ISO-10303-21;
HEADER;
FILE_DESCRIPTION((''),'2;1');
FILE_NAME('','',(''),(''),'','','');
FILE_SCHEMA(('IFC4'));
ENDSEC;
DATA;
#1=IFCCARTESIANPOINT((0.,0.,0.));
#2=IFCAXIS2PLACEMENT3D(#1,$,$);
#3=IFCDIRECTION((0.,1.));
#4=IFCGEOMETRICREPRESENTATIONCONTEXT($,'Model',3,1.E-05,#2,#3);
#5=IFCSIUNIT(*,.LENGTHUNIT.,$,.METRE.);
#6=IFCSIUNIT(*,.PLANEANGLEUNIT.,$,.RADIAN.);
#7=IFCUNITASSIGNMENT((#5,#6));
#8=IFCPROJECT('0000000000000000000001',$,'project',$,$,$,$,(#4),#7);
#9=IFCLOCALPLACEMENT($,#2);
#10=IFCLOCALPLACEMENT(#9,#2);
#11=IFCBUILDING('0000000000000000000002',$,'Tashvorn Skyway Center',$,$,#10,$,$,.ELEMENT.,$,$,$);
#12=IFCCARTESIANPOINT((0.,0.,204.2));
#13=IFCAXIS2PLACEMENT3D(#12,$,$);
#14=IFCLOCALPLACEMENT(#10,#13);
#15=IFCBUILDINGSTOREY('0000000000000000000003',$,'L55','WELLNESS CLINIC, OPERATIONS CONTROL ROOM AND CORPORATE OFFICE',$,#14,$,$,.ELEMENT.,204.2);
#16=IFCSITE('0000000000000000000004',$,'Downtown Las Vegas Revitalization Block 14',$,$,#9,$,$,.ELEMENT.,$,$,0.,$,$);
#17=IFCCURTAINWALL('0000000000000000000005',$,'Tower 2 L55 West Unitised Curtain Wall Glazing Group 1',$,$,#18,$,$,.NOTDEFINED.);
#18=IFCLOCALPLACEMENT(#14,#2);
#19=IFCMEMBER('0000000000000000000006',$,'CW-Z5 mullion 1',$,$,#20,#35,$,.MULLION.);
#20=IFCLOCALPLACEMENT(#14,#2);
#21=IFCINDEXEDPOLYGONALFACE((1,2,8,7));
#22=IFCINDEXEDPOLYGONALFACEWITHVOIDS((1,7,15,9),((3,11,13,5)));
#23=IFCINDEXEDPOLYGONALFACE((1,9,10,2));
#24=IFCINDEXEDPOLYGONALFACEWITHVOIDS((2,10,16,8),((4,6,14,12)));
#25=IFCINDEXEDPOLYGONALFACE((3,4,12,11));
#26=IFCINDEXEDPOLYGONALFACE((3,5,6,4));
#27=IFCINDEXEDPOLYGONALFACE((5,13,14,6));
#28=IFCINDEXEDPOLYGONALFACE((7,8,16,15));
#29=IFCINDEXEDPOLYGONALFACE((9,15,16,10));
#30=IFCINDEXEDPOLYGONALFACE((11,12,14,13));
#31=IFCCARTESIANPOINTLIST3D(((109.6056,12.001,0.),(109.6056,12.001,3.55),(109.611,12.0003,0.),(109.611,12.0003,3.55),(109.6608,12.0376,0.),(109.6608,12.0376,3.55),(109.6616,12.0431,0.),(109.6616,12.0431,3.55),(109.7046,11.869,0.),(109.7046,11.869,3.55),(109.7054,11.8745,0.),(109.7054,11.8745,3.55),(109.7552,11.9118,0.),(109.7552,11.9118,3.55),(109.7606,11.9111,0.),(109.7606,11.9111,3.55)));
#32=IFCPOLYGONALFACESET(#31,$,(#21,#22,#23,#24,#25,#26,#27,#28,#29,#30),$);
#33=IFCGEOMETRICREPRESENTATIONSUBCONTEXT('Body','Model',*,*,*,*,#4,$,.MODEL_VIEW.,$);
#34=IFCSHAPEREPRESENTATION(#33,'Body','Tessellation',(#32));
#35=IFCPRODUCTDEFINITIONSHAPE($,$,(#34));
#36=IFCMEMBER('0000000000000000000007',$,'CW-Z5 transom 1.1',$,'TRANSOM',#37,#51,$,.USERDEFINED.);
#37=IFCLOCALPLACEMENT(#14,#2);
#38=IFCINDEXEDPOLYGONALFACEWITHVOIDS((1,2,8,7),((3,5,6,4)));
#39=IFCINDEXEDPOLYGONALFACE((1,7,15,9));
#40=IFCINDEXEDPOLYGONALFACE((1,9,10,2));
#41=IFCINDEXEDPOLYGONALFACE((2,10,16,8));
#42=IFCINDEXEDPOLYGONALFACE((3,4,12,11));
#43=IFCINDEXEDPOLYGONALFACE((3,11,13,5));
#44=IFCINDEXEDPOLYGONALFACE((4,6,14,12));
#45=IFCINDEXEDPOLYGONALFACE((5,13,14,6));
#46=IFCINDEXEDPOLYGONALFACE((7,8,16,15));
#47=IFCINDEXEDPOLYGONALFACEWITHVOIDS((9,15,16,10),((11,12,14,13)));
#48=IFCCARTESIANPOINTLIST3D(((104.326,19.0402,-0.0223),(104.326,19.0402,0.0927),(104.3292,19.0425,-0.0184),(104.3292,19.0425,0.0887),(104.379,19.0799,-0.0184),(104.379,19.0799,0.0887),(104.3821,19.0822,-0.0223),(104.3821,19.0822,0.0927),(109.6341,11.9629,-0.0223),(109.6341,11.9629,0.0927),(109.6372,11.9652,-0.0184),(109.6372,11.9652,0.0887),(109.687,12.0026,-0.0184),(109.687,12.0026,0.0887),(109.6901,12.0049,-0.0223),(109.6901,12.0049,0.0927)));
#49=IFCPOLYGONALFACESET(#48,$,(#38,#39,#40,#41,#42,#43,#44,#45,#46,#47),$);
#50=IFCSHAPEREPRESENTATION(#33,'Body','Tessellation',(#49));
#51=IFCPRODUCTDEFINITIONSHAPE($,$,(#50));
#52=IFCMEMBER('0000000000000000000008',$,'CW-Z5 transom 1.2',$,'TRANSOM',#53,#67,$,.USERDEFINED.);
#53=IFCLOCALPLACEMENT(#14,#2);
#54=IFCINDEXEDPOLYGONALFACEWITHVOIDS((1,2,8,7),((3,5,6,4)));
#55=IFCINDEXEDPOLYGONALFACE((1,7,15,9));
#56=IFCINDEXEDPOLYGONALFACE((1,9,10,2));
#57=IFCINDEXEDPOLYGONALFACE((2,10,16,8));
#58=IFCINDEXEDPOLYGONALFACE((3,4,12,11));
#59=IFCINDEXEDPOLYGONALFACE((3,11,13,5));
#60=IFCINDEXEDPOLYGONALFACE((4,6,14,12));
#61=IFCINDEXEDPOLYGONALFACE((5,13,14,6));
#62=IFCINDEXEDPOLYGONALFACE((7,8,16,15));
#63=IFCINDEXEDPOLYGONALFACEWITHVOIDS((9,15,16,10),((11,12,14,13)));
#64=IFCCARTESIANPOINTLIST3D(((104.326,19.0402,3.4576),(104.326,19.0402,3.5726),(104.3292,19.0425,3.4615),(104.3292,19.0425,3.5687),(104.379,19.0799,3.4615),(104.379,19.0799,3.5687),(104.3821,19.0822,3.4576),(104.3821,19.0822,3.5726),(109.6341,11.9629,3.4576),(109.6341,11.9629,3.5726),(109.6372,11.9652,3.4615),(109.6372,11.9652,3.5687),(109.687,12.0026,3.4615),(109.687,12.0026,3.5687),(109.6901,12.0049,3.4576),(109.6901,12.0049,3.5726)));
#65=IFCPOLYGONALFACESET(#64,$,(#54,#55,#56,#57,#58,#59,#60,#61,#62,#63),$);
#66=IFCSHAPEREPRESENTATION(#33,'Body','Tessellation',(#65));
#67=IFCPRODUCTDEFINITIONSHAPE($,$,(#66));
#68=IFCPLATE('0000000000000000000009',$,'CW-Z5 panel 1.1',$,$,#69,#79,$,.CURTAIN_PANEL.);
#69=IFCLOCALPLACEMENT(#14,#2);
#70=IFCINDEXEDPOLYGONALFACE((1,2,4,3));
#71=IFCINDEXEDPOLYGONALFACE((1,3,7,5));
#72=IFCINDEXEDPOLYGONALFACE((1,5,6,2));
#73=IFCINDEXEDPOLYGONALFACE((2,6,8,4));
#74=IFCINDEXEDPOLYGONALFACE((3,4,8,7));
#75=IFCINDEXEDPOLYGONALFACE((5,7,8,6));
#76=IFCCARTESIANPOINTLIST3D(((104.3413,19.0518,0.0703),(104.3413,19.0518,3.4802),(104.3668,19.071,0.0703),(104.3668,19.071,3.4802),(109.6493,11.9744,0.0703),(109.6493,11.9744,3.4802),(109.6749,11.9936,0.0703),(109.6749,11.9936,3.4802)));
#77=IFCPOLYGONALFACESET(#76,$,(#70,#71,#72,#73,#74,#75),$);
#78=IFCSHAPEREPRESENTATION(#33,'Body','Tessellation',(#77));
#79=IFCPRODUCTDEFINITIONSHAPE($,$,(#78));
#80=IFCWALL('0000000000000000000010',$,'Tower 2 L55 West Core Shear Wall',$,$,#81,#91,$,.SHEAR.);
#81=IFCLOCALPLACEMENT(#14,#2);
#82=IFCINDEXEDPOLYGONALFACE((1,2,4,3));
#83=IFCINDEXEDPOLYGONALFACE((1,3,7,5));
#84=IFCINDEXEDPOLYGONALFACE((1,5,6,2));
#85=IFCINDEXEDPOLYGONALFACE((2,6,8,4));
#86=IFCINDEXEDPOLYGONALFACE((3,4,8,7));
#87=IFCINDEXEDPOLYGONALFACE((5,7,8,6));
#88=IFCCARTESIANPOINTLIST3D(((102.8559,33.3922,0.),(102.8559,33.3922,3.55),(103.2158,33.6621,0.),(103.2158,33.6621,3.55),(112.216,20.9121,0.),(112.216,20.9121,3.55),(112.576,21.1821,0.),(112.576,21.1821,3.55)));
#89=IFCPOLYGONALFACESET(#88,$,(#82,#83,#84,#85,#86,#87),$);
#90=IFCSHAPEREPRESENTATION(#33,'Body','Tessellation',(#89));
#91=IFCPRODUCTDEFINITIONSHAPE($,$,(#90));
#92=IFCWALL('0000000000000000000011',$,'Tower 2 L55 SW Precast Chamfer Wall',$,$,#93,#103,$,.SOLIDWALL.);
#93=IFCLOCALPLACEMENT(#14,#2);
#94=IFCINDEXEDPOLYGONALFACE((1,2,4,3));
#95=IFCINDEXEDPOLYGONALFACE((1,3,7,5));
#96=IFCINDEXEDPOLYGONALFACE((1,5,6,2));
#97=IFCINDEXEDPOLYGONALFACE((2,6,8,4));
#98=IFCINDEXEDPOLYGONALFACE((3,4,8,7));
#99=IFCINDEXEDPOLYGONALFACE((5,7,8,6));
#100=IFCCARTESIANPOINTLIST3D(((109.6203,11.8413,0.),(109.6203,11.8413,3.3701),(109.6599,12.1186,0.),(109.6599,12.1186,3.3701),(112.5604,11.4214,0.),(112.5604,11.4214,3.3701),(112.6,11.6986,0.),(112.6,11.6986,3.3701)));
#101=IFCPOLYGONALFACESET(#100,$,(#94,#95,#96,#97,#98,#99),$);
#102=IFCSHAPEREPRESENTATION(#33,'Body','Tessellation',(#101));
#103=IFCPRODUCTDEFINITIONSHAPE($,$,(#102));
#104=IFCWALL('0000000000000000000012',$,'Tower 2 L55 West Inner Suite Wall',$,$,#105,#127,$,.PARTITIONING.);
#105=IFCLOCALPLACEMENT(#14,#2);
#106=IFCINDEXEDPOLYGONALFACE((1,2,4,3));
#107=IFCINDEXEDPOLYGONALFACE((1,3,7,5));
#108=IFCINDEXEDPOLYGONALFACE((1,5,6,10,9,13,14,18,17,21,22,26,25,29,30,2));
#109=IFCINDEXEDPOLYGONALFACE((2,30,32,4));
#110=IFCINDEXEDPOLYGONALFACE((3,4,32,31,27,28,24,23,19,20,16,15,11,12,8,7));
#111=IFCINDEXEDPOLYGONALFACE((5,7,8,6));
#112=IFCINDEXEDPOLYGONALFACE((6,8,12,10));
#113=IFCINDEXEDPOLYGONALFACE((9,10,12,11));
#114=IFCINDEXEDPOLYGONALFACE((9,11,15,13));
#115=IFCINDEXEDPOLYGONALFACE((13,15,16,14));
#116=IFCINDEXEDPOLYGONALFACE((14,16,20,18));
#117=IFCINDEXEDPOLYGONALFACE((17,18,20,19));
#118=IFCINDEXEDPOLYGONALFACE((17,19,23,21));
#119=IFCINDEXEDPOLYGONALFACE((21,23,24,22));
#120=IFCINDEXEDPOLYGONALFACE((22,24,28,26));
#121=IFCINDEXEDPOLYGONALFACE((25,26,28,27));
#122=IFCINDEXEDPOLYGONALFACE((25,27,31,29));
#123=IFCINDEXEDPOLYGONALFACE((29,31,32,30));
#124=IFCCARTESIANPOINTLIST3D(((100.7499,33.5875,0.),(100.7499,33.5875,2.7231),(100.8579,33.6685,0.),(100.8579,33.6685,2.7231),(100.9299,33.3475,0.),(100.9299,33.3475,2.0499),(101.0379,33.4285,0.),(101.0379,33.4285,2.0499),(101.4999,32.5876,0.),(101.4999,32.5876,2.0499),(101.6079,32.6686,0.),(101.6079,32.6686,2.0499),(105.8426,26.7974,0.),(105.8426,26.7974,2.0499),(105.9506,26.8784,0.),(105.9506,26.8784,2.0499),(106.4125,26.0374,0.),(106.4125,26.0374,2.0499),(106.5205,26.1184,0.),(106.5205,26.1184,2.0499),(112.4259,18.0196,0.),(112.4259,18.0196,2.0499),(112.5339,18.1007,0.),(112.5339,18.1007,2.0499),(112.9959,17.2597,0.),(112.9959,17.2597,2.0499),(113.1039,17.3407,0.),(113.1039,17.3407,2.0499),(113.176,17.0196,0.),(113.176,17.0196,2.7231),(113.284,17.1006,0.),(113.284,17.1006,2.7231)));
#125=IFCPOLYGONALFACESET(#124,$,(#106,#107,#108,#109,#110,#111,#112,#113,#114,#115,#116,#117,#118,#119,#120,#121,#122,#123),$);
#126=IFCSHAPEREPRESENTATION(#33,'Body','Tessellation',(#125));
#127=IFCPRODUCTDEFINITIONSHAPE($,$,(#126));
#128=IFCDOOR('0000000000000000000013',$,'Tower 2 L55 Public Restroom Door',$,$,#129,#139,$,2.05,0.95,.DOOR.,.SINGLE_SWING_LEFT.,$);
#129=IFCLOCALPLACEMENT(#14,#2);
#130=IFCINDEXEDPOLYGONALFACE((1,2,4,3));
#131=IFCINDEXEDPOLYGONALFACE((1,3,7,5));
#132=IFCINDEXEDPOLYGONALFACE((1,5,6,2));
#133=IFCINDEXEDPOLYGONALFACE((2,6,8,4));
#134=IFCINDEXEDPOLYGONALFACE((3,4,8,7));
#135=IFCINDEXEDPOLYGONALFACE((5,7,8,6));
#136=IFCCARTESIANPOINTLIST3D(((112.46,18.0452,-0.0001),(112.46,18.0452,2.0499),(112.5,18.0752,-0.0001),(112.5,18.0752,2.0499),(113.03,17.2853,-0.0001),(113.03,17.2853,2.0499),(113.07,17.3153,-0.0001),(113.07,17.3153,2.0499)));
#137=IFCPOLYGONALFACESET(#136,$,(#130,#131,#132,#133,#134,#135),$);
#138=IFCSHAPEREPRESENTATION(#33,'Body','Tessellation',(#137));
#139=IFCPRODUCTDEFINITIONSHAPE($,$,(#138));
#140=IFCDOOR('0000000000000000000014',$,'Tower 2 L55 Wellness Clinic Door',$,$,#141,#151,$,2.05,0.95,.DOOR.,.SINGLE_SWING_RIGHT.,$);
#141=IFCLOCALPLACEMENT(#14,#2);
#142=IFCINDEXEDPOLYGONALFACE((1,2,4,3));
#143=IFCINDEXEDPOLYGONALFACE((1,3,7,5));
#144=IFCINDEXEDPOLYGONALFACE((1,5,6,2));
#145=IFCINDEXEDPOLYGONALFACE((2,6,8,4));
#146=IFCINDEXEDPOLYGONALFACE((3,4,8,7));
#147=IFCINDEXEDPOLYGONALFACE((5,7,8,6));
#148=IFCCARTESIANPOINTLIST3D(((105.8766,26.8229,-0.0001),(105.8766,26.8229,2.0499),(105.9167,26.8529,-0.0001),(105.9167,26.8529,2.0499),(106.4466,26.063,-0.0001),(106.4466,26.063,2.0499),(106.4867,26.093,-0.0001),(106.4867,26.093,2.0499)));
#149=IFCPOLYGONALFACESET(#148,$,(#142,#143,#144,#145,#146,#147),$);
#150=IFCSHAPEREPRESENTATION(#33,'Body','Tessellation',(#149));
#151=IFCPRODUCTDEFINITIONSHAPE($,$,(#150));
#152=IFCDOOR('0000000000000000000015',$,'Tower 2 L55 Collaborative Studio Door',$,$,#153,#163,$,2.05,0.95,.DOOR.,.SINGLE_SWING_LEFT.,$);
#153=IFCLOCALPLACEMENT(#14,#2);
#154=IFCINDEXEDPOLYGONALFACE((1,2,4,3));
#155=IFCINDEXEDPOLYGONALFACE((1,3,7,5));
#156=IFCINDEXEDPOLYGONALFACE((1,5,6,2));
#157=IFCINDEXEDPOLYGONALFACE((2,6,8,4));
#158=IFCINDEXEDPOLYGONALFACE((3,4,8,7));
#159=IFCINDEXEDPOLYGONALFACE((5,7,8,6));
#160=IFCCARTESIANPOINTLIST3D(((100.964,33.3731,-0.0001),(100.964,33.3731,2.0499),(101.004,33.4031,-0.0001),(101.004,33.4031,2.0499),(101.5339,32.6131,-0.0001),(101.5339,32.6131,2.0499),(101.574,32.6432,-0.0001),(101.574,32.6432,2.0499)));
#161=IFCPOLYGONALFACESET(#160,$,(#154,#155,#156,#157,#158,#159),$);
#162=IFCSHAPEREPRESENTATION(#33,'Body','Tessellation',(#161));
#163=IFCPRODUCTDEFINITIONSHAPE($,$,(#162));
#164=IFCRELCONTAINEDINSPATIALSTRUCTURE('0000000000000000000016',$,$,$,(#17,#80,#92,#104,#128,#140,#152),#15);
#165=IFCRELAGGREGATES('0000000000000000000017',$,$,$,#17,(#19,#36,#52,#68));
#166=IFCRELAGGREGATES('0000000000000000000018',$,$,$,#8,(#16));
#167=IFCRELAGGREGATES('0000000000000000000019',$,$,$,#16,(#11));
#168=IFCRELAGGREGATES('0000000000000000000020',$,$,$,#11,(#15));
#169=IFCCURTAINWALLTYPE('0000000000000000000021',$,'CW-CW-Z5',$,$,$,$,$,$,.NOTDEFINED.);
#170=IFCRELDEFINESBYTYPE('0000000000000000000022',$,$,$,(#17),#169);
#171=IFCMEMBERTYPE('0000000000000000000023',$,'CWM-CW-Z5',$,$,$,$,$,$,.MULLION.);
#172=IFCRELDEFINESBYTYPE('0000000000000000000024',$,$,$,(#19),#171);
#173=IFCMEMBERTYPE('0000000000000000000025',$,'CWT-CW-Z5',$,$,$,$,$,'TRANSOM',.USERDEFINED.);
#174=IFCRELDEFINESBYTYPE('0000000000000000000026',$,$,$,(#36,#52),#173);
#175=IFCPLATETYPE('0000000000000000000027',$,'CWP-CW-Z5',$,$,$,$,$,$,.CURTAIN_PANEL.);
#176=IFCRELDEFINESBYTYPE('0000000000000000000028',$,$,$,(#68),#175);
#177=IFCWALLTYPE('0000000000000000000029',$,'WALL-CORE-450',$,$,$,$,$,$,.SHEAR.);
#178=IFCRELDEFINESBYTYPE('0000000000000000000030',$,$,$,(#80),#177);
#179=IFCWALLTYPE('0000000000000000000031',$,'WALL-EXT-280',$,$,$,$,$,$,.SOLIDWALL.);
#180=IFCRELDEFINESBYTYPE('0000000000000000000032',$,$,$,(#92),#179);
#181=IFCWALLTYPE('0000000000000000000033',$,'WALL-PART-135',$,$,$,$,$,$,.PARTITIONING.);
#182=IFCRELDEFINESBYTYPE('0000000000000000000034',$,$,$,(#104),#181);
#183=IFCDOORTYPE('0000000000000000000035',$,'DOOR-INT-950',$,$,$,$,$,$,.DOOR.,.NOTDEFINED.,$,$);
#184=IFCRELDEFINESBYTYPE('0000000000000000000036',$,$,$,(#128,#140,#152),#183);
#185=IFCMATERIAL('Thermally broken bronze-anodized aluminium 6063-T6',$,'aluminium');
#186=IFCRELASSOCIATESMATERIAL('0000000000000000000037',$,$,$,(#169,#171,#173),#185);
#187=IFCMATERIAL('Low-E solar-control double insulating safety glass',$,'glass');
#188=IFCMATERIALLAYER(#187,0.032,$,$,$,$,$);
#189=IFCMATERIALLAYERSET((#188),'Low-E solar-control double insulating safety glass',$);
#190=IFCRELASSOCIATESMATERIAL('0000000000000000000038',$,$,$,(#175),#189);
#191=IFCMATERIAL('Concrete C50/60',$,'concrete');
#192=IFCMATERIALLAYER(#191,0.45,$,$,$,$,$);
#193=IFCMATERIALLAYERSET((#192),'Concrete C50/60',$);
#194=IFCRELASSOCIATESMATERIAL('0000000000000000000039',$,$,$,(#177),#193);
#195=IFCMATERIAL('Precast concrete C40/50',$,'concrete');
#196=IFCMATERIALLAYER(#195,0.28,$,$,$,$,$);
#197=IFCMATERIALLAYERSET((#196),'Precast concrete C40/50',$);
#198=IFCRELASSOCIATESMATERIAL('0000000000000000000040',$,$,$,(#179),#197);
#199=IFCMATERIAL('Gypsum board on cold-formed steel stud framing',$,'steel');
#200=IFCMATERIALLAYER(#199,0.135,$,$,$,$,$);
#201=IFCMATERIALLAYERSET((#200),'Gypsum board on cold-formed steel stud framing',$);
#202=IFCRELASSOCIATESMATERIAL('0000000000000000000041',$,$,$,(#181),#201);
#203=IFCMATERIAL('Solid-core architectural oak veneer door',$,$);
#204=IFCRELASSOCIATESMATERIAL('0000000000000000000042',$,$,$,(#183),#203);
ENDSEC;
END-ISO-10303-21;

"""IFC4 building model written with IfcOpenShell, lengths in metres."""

from ifc_helpers import new_model, si_unit, direction, frame, frame_2d, origin, origin_2d, place, context, subcontext, project, spatial, rectangle, hollow_rectangle, extrude, material, layer, layer_set, material_profile, profile_set, type_object, element, fill, aggregate, save


model = new_model("IFC4")

# Units and contexts
model_context = context("Model", 3, precision=1e-05, world=origin(), true_north=direction((0.0, 1.0)))
body_context = subcontext(model_context, "Body", "Model", "MODEL_VIEW")
ifc_project = project(units=[si_unit("LENGTHUNIT", "METRE"), si_unit("PLANEANGLEUNIT", "RADIAN")], contexts=[model_context])

# Site, building, storey
site_placement = place(None, origin())
site = spatial("IfcSite", under=ifc_project, at=site_placement, Name="Downtown Las Vegas Revitalization Block 14", CompositionType="ELEMENT", RefElevation=0.0)
building_placement = place(site_placement, origin())
building = spatial("IfcBuilding", under=site, at=building_placement, Name="Tashvorn Skyway Center", CompositionType="ELEMENT")
storey_placement = place(building_placement, frame((0.0, 0.0, 204.2)))
storey = spatial("IfcBuildingStorey", under=building, at=storey_placement, Name="L55", Description="WELLNESS CLINIC, OPERATIONS CONTROL ROOM AND CORPORATE OFFICE", CompositionType="ELEMENT", Elevation=204.2)

# Shared definitions
ifc_material_1 = material(Name="Concrete C50/60", Category="concrete")

# Shared definitions
ifc_material_2 = material(Name="Thermally broken bronze-anodized aluminium 6063-T6", Category="aluminium")
curtain_wall_type = type_object("IfcCurtainWallType", Name="CW-CW-Z5", PredefinedType="NOTDEFINED", material=ifc_material_2)
ifc_material_profile_1 = material_profile(ifc_material_2, hollow_rectangle(XDim=0.0701, YDim=0.165, WallThickness=0.0039, at=origin_2d()), Name="ALU-MULL-70x165")
ifc_profile_set_1 = profile_set([ifc_material_profile_1], Name="Thermally broken bronze-anodized aluminium 6063-T6")
member_type_1 = type_object("IfcMemberType", Name="CWM-CW-Z5", PredefinedType="MULLION", material=ifc_profile_set_1)

# Curtain wall, members, plate
curtain_wall_1_placement = place(storey_placement, origin())
curtain_wall_1 = element("IfcCurtainWall", 1, at=curtain_wall_1_placement, inside=storey, type_object=curtain_wall_type, Name="Tower 2 L55 West Unitised Curtain Wall Glazing Group 1", PredefinedType="NOTDEFINED")
member_1_placement = place(storey_placement, frame((109.6831, 11.9561, 0.0), z_axis=(0.0, 0.0, 1.0), x_axis=(-0.799999, -0.600002, 0.0)))
member_1 = element("IfcMember", 2, at=member_1_placement, type_object=member_type_1, Name="CW-Z5 mullion 1", PredefinedType="MULLION", context=body_context, shape_type="SweptSolid", body=[
    extrude(hollow_rectangle(XDim=0.0701, YDim=0.165, WallThickness=0.0039, at=origin_2d()), origin(), (0.0, 0.0, 1.0), 3.55),
])
ifc_material_profile_2 = material_profile(ifc_material_2, hollow_rectangle(XDim=0.0701, YDim=0.115, WallThickness=0.0039, at=origin_2d()), Name="ALU-TRAN-70x115")
ifc_profile_set_2 = profile_set([ifc_material_profile_2], Name="Thermally broken bronze-anodized aluminium 6063-T6")
member_type_2 = type_object("IfcMemberType", Name="CWT-CW-Z5", ElementType="TRANSOM", PredefinedType="USERDEFINED", material=ifc_profile_set_2)
member_2_placement = place(storey_placement, frame((109.6621, 11.9839, 0.0352), z_axis=(-0.600004, 0.799997, 0.0), x_axis=(-0.799997, -0.600004, 0.0)))
member_2 = element("IfcMember", 3, at=member_2_placement, type_object=member_type_2, Name="CW-Z5 transom 1.1", ObjectType="TRANSOM", PredefinedType="USERDEFINED", context=body_context, shape_type="SweptSolid", body=[
    extrude(hollow_rectangle(XDim=0.0701, YDim=0.115, WallThickness=0.0039, at=origin_2d()), origin(), (0.0, 0.0, 1.0), 8.8467),
])
member_3_placement = place(storey_placement, frame((109.6621, 11.9839, 3.5151), z_axis=(-0.600004, 0.799997, 0.0), x_axis=(-0.799997, -0.600004, 0.0)))
member_3 = element("IfcMember", 4, at=member_3_placement, type_object=member_type_2, Name="CW-Z5 transom 1.2", ObjectType="TRANSOM", PredefinedType="USERDEFINED", context=body_context, shape_type="SweptSolid", body=[
    extrude(hollow_rectangle(XDim=0.0701, YDim=0.115, WallThickness=0.0039, at=origin_2d()), origin(), (0.0, 0.0, 1.0), 8.8467),
])
ifc_material_3 = material(Name="Low-E solar-control double insulating safety glass", Category="glass")
ifc_layer_1 = layer(ifc_material_3, 0.032)
ifc_layer_set_1 = layer_set([ifc_layer_1], Name="Low-E solar-control double insulating safety glass")
plate_type = type_object("IfcPlateType", Name="CWP-CW-Z5", PredefinedType="CURTAIN_PANEL", material=ifc_layer_set_1)
plate_placement = place(storey_placement, frame((107.0081, 15.5227, 0.0703), z_axis=(0.0, 0.0, 1.0), x_axis=(-0.600002, 0.799999, 0.0)))
plate = element("IfcPlate", 5, at=plate_placement, type_object=plate_type, Name="CW-Z5 panel 1.1", PredefinedType="CURTAIN_PANEL", context=body_context, shape_type="SweptSolid", body=[
    extrude(rectangle(XDim=8.8467, YDim=0.032, at=origin_2d()), origin(), (0.0, 0.0, 1.0), 3.4099),
])
aggregate(curtain_wall_1, [member_1, member_2, member_3, plate])

# Walls
ifc_layer_2 = layer(ifc_material_1, 0.45)
ifc_layer_set_2 = layer_set([ifc_layer_2], Name="Concrete C50/60")
wall_type_1 = type_object("IfcWallType", Name="WALL-CORE-450", PredefinedType="SHEAR", material=ifc_layer_set_2)
wall_1_placement = place(storey_placement, frame((112.396, 21.0471, 0.0), z_axis=(0.0, 0.0, 1.0), x_axis=(-0.600005, 0.799996, 0.0)))
element("IfcWall", 6, at=wall_1_placement, inside=storey, type_object=wall_type_1, Name="Tower 2 L55 West Core Shear Wall", PredefinedType="SHEAR", context=body_context, shape_type="SweptSolid", body=[
    extrude(rectangle(XDim=15.6001, YDim=0.45, at=frame_2d((7.8, 0.0))), origin(), (0.0, 0.0, 1.0), 3.55),
])
ifc_material_4 = material(Name="Precast concrete C40/50", Category="concrete")
ifc_layer_3 = layer(ifc_material_4, 0.28)
ifc_layer_set_3 = layer_set([ifc_layer_3], Name="Precast concrete C40/50")
wall_type_2 = type_object("IfcWallType", Name="WALL-EXT-280", PredefinedType="SOLIDWALL", material=ifc_layer_set_3)
wall_2_placement = place(storey_placement, frame((112.5801, 11.5601, 0.0), z_axis=(0.0, 0.0, 1.0), x_axis=(-0.989954, 0.141387, 0.0)))
element("IfcWall", 7, at=wall_2_placement, inside=storey, type_object=wall_type_2, Name="Tower 2 L55 SW Precast Chamfer Wall", PredefinedType="SOLIDWALL", context=body_context, shape_type="SweptSolid", body=[
    extrude(rectangle(XDim=2.97, YDim=0.28, at=frame_2d((1.4849, 0.0))), origin(), (0.0, 0.0, 1.0), 3.3701),
])

# Wall, openings, doors
ifc_material_5 = material(Name="Gypsum board on cold-formed steel stud framing", Category="steel")
ifc_layer_4 = layer(ifc_material_5, 0.135)
ifc_layer_set_4 = layer_set([ifc_layer_4], Name="Gypsum board on cold-formed steel stud framing")
wall_type_3 = type_object("IfcWallType", Name="WALL-PART-135", PredefinedType="PARTITIONING", material=ifc_layer_set_4)
wall_3_placement = place(storey_placement, frame((113.23, 17.0601, 0.0), z_axis=(0.0, 0.0, 1.0), x_axis=(-0.600004, 0.799997, 0.0)))
wall_3 = element("IfcWall", 8, at=wall_3_placement, inside=storey, type_object=wall_type_3, Name="Tower 2 L55 West Inner Suite Wall", PredefinedType="PARTITIONING", context=body_context, shape_type="SweptSolid", body=[
    extrude(rectangle(XDim=20.71, YDim=0.135, at=frame_2d((10.355, 0.0))), origin(), (0.0, 0.0, 1.0), 2.7231),
])
opening_1_placement = place(wall_3_placement, frame((0.3, 0.0, 0.0)))
opening_1 = element("IfcOpeningElement", 9, at=opening_1_placement, cuts=wall_3, PredefinedType="OPENING", context=body_context, shape_type="SweptSolid", body=[
    extrude(rectangle(XDim=0.95, YDim=2.05, at=frame_2d((0.4751, 1.0249))), frame((0.0, 0.0774, 0.0), z_axis=(0.0, -1.0, 0.0), x_axis=(1.0, 0.0, 0.0)), (0.0, 0.0, 1.0), 0.155),
])
opening_2_placement = place(wall_3_placement, frame((11.2722, 0.0, 0.0)))
opening_2 = element("IfcOpeningElement", 10, at=opening_2_placement, cuts=wall_3, PredefinedType="OPENING", context=body_context, shape_type="SweptSolid", body=[
    extrude(rectangle(XDim=0.95, YDim=2.05, at=frame_2d((0.4751, 1.0249))), frame((0.0, 0.0774, 0.0), z_axis=(0.0, -1.0, 0.0), x_axis=(1.0, 0.0, 0.0)), (0.0, 0.0, 1.0), 0.155),
])
opening_3_placement = place(wall_3_placement, frame((19.46, 0.0, 0.0)))
opening_3 = element("IfcOpeningElement", 11, at=opening_3_placement, cuts=wall_3, PredefinedType="OPENING", context=body_context, shape_type="SweptSolid", body=[
    extrude(rectangle(XDim=0.95, YDim=2.05, at=frame_2d((0.4751, 1.0249))), frame((0.0, 0.0774, 0.0), z_axis=(0.0, -1.0, 0.0), x_axis=(1.0, 0.0, 0.0)), (0.0, 0.0, 1.0), 0.155),
])
ifc_material_6 = material(Name="Solid-core architectural oak veneer door")
door_type_1 = type_object("IfcDoorType", Name="DOOR-INT-950", OperationType="NOTDEFINED", PredefinedType="DOOR", material=ifc_material_6)
door_1_placement = place(opening_1_placement, origin())
door_1 = element("IfcDoor", 12, at=door_1_placement, inside=storey, type_object=door_type_1, Name="Tower 2 L55 Public Restroom Door", OperationType="SINGLE_SWING_LEFT", OverallHeight=2.05, OverallWidth=0.95, PredefinedType="DOOR", context=body_context, shape_type="SweptSolid", body=[
    extrude(rectangle(XDim=0.95, YDim=2.05, at=frame_2d((0.4751, 1.0249))), frame((0.0, 0.0249, 0.0), z_axis=(0.0, -1.0, 0.0), x_axis=(1.0, 0.0, 0.0)), (0.0, 0.0, 1.0), 0.05),
])
fill(opening_1, door_1)
door_2_placement = place(opening_2_placement, origin())
door_2 = element("IfcDoor", 13, at=door_2_placement, inside=storey, type_object=door_type_1, Name="Tower 2 L55 Wellness Clinic Door", OperationType="SINGLE_SWING_RIGHT", OverallHeight=2.05, OverallWidth=0.95, PredefinedType="DOOR", context=body_context, shape_type="SweptSolid", body=[
    extrude(rectangle(XDim=0.95, YDim=2.05, at=frame_2d((0.4751, 1.0249))), frame((0.0, 0.0249, 0.0), z_axis=(0.0, -1.0, 0.0), x_axis=(1.0, 0.0, 0.0)), (0.0, 0.0, 1.0), 0.05),
])
fill(opening_2, door_2)
door_3_placement = place(opening_3_placement, origin())
door_3 = element("IfcDoor", 14, at=door_3_placement, inside=storey, type_object=door_type_1, Name="Tower 2 L55 Collaborative Studio Door", OperationType="SINGLE_SWING_LEFT", OverallHeight=2.05, OverallWidth=0.95, PredefinedType="DOOR", context=body_context, shape_type="SweptSolid", body=[
    extrude(rectangle(XDim=0.95, YDim=2.05, at=frame_2d((0.4751, 1.0249))), frame((0.0, 0.0249, 0.0), z_axis=(0.0, -1.0, 0.0), x_axis=(1.0, 0.0, 0.0)), (0.0, 0.0, 1.0), 0.05),
])
fill(opening_3, door_3)

save(model, "model.ifc")
